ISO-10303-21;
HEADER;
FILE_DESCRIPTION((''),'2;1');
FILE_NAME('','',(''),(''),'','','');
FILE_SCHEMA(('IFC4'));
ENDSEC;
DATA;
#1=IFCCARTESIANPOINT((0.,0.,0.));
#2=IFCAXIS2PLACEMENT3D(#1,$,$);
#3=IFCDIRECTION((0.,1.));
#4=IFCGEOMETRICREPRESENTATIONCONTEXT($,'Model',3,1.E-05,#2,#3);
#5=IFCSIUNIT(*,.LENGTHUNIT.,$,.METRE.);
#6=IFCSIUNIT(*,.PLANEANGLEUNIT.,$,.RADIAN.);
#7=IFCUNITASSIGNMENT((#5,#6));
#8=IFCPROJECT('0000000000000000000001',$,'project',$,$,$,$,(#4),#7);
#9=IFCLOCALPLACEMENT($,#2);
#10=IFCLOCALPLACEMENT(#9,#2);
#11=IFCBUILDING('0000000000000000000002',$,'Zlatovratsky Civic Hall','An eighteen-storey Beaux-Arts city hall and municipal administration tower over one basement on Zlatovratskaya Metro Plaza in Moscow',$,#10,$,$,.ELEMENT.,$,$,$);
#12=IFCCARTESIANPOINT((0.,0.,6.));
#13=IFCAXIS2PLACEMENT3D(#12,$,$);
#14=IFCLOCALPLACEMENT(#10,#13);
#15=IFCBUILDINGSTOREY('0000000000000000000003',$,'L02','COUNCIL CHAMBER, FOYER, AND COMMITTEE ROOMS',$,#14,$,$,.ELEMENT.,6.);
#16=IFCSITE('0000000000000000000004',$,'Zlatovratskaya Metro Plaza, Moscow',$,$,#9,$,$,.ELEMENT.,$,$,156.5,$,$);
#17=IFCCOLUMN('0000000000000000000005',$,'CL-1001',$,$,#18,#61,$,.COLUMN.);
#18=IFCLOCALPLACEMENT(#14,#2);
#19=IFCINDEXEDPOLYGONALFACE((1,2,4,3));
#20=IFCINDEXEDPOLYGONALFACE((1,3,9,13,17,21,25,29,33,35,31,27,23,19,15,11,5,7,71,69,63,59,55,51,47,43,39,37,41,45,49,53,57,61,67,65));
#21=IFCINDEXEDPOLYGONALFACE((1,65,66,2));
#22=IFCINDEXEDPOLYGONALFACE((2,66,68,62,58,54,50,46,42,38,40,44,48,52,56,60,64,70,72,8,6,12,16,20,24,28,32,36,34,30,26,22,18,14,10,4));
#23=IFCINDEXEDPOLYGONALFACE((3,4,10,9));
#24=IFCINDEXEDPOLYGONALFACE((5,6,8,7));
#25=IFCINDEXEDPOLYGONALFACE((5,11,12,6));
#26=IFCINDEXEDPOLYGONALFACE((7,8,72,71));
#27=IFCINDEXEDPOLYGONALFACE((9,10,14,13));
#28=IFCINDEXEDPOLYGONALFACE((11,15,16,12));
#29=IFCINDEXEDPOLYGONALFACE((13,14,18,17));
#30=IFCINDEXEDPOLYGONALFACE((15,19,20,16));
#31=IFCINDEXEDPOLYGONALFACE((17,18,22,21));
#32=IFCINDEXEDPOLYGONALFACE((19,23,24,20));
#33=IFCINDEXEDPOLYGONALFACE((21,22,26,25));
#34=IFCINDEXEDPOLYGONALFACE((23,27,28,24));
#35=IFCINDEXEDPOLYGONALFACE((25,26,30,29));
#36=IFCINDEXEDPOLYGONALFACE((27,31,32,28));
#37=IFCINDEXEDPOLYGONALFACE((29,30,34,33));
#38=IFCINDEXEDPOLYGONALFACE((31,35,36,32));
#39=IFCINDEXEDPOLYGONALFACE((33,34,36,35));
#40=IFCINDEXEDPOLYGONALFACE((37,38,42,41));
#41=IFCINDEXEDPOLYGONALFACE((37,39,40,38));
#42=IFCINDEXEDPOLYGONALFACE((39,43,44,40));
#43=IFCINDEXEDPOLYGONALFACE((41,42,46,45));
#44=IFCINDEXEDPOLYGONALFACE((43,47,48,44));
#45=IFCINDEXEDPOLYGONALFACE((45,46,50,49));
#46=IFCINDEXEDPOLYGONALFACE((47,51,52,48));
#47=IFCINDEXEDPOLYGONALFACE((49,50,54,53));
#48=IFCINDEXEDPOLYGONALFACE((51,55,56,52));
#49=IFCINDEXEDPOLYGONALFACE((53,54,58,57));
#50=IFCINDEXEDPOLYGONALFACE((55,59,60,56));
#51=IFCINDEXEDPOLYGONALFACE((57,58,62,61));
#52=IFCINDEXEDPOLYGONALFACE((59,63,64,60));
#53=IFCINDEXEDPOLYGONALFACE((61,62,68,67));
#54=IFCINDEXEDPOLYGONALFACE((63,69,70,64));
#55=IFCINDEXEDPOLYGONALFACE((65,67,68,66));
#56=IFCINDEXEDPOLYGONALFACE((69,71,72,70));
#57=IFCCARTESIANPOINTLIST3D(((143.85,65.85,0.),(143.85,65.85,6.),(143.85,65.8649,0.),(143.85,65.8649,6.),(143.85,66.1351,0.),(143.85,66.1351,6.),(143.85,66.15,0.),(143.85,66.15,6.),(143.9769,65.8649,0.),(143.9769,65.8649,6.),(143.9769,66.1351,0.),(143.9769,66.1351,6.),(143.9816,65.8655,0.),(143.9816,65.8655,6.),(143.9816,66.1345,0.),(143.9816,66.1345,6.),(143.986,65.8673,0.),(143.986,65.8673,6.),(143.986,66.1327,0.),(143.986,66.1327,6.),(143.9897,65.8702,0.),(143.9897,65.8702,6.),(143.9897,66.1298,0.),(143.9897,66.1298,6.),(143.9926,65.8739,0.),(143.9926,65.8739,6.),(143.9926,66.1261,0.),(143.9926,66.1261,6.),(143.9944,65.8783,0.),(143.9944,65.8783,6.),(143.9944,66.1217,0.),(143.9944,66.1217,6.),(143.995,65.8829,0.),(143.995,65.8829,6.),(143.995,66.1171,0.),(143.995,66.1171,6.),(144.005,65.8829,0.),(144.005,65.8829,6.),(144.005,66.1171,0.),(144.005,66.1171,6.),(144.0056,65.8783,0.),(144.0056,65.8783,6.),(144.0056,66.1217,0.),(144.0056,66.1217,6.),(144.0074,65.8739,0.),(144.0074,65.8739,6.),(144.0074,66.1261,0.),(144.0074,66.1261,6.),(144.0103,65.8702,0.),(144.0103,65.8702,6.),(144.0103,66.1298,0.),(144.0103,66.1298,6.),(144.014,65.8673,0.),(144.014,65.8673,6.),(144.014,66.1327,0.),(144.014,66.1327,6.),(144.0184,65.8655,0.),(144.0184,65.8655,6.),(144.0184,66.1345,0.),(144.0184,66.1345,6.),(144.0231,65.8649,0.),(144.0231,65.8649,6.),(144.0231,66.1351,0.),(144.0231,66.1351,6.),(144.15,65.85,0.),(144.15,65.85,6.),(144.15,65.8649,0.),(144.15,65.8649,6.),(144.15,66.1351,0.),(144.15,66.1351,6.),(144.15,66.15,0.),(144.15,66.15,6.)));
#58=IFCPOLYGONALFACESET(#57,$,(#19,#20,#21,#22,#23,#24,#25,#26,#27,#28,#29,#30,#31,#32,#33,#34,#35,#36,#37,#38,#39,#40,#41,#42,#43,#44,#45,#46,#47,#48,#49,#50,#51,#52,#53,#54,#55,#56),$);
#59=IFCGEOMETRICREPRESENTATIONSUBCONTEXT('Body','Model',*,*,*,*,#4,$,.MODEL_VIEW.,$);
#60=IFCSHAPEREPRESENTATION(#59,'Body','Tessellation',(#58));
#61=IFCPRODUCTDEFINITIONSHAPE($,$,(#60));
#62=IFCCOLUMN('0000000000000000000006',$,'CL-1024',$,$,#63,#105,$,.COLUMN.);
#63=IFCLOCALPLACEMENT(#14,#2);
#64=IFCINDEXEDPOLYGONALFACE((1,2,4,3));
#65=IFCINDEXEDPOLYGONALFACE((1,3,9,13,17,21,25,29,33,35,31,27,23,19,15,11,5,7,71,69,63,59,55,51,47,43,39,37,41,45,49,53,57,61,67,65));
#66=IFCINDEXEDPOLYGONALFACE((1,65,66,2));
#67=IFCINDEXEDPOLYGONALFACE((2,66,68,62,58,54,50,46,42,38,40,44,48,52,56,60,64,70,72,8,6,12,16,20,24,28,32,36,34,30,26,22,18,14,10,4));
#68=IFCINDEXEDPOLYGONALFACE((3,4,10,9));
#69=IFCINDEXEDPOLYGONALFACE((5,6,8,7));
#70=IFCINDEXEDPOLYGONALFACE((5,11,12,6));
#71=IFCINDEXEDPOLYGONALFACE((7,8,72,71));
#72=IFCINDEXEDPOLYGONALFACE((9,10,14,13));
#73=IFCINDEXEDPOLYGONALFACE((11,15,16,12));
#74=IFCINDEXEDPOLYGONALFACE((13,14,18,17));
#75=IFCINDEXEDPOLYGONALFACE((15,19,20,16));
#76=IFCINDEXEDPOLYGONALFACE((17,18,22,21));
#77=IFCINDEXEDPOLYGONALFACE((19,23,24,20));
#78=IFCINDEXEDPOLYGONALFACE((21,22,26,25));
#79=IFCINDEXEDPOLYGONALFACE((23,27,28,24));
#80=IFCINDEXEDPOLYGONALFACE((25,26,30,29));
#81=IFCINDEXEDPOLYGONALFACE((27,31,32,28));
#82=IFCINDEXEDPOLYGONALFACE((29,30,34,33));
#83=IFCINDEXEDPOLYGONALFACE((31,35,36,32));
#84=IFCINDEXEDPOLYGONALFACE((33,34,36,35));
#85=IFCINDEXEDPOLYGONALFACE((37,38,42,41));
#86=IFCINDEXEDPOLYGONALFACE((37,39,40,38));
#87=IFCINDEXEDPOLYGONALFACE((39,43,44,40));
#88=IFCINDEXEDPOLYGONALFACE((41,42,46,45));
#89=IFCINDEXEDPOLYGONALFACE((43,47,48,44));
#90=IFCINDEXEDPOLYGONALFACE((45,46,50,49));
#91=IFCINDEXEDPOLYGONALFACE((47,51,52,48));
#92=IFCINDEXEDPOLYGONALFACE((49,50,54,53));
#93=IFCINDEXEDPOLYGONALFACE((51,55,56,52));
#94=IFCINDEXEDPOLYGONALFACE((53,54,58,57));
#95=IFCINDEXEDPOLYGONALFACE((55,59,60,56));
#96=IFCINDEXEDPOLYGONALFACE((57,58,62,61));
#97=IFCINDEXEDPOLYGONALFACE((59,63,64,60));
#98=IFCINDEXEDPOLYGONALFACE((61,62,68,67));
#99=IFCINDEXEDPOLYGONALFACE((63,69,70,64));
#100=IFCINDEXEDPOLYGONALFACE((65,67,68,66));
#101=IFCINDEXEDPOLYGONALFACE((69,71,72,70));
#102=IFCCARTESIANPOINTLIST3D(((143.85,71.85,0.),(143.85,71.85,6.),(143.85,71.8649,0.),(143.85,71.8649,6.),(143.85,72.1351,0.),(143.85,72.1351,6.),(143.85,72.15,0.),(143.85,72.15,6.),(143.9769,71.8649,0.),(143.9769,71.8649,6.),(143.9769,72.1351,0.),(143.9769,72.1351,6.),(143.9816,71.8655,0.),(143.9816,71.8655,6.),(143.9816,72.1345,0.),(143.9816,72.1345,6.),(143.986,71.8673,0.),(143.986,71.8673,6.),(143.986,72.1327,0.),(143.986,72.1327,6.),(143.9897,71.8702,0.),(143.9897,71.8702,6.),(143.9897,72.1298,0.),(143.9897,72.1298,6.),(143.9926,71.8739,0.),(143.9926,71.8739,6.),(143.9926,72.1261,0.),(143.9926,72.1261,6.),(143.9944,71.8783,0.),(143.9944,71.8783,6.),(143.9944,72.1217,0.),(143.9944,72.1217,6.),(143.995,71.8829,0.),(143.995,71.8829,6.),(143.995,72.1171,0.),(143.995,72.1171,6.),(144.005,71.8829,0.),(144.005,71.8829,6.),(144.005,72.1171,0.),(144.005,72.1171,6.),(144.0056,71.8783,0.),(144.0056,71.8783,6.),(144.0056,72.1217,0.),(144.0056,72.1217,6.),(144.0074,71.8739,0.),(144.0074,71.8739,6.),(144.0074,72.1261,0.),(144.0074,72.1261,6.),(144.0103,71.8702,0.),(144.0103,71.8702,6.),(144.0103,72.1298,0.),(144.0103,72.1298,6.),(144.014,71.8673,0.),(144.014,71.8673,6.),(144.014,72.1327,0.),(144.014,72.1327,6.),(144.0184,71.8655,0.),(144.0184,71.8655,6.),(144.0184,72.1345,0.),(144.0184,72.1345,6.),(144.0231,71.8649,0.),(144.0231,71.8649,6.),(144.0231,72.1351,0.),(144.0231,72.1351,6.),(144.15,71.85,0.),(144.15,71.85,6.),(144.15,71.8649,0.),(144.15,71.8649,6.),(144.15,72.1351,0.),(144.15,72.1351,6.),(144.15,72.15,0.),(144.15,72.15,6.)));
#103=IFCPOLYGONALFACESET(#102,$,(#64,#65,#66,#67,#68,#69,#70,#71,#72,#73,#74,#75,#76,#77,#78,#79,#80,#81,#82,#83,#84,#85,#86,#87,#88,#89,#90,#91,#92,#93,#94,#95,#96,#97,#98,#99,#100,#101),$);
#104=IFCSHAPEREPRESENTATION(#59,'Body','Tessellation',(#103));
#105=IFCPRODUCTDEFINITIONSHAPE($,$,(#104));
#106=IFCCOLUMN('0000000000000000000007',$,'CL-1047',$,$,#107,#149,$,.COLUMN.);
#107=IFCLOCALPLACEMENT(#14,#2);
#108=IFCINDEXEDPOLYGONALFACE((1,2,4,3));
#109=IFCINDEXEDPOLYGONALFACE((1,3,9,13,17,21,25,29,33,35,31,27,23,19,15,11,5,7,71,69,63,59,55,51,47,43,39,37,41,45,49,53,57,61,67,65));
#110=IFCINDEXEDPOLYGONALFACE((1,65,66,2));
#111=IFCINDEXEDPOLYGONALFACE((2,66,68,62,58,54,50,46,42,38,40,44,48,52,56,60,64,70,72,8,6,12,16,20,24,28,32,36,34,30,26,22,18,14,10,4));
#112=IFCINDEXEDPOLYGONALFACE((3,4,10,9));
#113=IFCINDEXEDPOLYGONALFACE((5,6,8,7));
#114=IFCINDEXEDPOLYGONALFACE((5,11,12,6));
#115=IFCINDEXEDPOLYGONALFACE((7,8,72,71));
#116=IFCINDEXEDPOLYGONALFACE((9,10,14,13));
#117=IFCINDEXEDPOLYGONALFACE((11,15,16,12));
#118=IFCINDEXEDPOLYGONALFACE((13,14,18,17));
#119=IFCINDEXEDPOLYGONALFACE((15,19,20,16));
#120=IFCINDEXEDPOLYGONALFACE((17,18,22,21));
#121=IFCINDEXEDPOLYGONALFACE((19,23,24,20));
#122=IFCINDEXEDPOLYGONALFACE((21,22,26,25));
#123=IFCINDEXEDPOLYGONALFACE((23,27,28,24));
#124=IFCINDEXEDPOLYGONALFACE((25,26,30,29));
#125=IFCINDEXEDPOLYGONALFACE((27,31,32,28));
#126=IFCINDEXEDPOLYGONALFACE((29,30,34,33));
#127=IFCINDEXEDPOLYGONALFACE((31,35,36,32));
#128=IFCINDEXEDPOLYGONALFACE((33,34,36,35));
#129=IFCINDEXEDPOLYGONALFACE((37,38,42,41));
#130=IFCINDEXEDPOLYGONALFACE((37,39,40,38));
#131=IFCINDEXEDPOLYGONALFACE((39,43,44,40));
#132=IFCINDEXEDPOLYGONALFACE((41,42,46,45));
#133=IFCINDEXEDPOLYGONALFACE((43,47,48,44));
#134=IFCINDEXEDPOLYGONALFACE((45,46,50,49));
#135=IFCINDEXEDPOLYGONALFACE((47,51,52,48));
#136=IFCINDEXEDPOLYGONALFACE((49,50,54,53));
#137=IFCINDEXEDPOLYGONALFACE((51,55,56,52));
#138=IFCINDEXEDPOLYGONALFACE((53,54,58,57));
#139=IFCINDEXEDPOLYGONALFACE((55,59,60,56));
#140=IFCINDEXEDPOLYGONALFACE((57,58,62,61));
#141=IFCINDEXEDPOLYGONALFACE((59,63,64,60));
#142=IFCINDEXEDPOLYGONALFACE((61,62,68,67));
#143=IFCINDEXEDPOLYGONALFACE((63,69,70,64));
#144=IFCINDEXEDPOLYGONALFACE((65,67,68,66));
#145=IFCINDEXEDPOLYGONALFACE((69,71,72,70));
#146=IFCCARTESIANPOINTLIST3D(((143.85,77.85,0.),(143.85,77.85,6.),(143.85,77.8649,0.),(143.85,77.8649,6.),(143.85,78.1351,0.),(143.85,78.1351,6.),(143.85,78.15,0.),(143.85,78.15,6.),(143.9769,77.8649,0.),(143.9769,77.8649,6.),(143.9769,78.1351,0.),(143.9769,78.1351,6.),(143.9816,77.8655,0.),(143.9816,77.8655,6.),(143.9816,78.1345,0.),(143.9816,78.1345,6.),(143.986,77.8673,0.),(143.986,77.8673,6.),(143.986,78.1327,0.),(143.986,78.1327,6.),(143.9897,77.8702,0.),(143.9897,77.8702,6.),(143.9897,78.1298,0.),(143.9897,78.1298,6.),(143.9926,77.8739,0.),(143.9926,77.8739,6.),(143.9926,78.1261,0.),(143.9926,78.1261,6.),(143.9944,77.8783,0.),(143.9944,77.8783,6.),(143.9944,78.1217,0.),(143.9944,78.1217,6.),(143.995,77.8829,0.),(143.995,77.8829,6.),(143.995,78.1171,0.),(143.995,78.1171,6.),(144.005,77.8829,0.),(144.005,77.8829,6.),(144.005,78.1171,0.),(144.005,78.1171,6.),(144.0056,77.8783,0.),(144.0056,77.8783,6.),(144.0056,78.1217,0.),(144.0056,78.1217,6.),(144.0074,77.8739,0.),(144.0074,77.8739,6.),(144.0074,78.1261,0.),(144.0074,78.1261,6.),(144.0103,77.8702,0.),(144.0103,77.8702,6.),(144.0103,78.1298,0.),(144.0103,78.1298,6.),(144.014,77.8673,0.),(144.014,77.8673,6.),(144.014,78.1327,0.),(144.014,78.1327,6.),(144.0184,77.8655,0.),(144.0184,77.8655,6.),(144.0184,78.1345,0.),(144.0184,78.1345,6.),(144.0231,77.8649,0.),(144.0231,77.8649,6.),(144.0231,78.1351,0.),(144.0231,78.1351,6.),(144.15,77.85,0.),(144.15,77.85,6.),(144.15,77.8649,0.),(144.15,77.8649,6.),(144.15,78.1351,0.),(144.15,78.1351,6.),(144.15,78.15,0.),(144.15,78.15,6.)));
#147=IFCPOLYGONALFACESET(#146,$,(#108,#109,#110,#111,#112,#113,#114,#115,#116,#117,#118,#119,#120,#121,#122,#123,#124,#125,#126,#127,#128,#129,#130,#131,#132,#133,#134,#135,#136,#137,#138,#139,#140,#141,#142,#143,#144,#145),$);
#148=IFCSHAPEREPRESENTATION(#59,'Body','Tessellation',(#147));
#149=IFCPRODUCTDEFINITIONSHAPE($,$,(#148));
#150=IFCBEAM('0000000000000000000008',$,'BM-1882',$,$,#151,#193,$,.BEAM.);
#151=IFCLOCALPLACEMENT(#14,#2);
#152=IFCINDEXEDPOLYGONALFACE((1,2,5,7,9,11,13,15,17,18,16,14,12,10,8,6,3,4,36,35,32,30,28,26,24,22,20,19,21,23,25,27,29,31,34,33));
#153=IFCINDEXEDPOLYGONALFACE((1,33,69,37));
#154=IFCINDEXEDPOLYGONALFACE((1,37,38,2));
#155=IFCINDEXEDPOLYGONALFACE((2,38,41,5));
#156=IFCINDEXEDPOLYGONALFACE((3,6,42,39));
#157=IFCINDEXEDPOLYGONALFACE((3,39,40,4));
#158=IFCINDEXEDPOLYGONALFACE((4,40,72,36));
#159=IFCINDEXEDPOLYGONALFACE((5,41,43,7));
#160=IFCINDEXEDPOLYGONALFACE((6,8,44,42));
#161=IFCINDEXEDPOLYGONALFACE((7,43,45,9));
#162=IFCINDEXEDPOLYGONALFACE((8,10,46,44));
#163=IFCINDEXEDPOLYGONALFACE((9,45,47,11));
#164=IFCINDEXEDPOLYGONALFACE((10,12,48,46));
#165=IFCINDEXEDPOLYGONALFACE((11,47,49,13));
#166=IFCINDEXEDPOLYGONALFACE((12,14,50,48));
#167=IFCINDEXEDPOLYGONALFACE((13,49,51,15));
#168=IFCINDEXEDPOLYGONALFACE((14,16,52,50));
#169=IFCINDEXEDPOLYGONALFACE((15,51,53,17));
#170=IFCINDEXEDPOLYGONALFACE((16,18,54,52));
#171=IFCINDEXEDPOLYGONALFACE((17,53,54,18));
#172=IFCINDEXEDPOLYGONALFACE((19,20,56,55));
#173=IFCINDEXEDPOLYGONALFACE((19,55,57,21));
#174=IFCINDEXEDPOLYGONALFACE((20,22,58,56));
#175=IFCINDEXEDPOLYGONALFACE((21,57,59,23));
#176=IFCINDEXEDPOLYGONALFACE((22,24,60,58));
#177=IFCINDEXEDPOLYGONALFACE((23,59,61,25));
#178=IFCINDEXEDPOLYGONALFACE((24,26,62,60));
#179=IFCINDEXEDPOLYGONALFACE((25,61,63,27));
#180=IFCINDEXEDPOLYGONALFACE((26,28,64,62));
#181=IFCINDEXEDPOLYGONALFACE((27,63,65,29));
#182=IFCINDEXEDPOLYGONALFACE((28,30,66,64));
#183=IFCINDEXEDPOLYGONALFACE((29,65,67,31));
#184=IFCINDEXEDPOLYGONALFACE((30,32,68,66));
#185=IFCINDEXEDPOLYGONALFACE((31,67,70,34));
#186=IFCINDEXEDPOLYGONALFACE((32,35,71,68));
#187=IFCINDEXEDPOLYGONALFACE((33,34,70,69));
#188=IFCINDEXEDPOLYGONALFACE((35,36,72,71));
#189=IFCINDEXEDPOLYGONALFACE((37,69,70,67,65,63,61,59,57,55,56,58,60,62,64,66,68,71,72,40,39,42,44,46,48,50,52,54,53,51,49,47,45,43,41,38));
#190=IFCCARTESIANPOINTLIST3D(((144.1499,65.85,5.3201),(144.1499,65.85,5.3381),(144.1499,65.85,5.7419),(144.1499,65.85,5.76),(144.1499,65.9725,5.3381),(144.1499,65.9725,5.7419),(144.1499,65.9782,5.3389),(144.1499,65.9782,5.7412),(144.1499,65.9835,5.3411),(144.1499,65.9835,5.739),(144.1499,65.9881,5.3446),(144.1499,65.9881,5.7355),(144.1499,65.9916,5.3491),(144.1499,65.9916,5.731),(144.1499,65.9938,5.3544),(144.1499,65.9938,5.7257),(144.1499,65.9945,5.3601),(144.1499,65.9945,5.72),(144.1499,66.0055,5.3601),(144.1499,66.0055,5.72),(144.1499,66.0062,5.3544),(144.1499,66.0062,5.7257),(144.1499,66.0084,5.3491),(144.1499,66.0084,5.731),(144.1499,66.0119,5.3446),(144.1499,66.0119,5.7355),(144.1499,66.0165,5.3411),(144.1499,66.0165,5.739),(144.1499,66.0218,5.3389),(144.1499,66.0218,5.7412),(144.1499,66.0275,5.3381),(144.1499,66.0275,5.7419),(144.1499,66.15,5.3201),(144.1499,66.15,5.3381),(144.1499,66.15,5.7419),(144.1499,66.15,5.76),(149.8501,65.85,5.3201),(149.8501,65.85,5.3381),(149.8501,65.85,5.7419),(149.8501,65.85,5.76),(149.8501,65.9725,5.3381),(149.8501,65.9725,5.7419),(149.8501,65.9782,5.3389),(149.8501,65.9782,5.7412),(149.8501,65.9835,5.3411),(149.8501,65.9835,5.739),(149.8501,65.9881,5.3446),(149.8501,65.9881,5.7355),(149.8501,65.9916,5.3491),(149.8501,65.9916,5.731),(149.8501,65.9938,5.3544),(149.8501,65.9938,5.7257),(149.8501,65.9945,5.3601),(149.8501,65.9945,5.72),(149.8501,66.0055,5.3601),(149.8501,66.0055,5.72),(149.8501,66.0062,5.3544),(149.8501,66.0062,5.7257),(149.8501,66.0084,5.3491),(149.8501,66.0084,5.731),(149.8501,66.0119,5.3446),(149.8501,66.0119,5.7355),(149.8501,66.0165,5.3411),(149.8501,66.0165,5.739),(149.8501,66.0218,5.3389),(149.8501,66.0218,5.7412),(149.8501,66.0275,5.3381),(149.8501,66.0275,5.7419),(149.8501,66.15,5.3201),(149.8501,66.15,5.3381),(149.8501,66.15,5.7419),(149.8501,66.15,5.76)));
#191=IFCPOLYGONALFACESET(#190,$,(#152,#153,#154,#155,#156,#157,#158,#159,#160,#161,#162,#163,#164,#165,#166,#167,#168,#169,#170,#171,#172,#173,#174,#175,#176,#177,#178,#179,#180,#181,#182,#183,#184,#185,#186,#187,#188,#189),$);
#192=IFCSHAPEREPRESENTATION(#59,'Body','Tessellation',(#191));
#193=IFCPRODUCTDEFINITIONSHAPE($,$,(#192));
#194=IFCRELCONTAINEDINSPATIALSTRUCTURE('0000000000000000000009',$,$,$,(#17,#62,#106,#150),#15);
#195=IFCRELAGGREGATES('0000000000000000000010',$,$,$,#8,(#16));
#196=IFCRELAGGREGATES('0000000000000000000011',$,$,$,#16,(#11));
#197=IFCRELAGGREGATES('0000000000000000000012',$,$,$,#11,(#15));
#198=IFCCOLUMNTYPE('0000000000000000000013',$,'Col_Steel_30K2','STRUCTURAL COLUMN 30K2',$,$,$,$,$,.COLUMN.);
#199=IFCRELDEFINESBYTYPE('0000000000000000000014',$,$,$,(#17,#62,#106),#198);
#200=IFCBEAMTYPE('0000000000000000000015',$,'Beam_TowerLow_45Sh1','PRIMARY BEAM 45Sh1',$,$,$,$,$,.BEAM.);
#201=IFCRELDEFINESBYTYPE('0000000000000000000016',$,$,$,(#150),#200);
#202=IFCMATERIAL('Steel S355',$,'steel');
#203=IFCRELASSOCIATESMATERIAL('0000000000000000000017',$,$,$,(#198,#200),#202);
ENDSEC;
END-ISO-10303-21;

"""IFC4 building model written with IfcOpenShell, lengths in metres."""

from ifc_helpers import new_model, si_unit, direction, frame, origin, origin_2d, place, context, subcontext, project, spatial, i_section, extrude, material, material_profile, profile_set, type_object, element, save


model = new_model("IFC4")

# Units and contexts
model_context = context("Model", 3, precision=1e-05, world=origin(), true_north=direction((0.0, 1.0)))
body_context = subcontext(model_context, "Body", "Model", "MODEL_VIEW")
ifc_project = project(units=[si_unit("LENGTHUNIT", "METRE"), si_unit("PLANEANGLEUNIT", "RADIAN")], contexts=[model_context])

# Site, building, storey
site_placement = place(None, origin())
site = spatial("IfcSite", under=ifc_project, at=site_placement, Name="Zlatovratskaya Metro Plaza, Moscow", CompositionType="ELEMENT", RefElevation=156.5)
building_placement = place(site_placement, origin())
building = spatial("IfcBuilding", under=site, at=building_placement, Name="Zlatovratsky Civic Hall", Description="An eighteen-storey Beaux-Arts city hall and municipal administration tower over one basement on Zlatovratskaya Metro Plaza in Moscow", CompositionType="ELEMENT")
storey_placement = place(building_placement, frame((0.0, 0.0, 6.0)))
storey = spatial("IfcBuildingStorey", under=building, at=storey_placement, Name="L02", Description="COUNCIL CHAMBER, FOYER, AND COMMITTEE ROOMS", CompositionType="ELEMENT", Elevation=6.0)

# Columns
ifc_material_1 = material(Name="Steel S355", Category="steel")
ifc_material_profile_1 = material_profile(ifc_material_1, i_section(OverallWidth=0.3, OverallDepth=0.3, WebThickness=0.01, FlangeThickness=0.0149, FilletRadius=0.0181, at=origin_2d()), Name="30K2")
ifc_profile_set_1 = profile_set([ifc_material_profile_1], Name="Steel S355")
column_type = type_object("IfcColumnType", Name="Col_Steel_30K2", Description="STRUCTURAL COLUMN 30K2", PredefinedType="COLUMN", material=ifc_profile_set_1)
for number, where, z_axis, x_axis, name in (
    (1, (144.0, 66.0, 0.0), (0.0, 0.0, 1.0), (1.0, 0.0, 0.0), "CL-1001"),
    (2, (144.0, 72.0, 0.0), (0.0, 0.0, 1.0), (1.0, 0.0, 0.0), "CL-1024"),
    (3, (144.0, 78.0, 0.0), (0.0, 0.0, 1.0), (1.0, 0.0, 0.0), "CL-1047"),
):
    element("IfcColumn", number, at=place(storey_placement, frame(where, z_axis=z_axis, x_axis=x_axis)), inside=storey, type_object=column_type, Name=name, PredefinedType="COLUMN", context=body_context, shape_type="SweptSolid", body=[
        extrude(i_section(OverallWidth=0.3, OverallDepth=0.3, WebThickness=0.01, FlangeThickness=0.0149, FilletRadius=0.0181, at=origin_2d()), origin(), (0.0, 0.0, 1.0), 6.0),
    ])

# Beam
ifc_material_profile_2 = material_profile(ifc_material_1, i_section(OverallWidth=0.3, OverallDepth=0.4399, WebThickness=0.011, FlangeThickness=0.0181, FilletRadius=0.022, at=origin_2d()), Name="45Sh1")
ifc_profile_set_2 = profile_set([ifc_material_profile_2], Name="Steel S355")
beam_type_1 = type_object("IfcBeamType", Name="Beam_TowerLow_45Sh1", Description="PRIMARY BEAM 45Sh1", PredefinedType="BEAM", material=ifc_profile_set_2)
for number, where, z_axis, x_axis, name in (
    (4, (144.1499, 66.0, 5.54), (1.0, 0.0, 0.0), (0.0, 1.0, 0.0), "BM-1882"),
):
    element("IfcBeam", number, at=place(storey_placement, frame(where, z_axis=z_axis, x_axis=x_axis)), inside=storey, type_object=beam_type_1, Name=name, PredefinedType="BEAM", context=body_context, shape_type="SweptSolid", body=[
        extrude(i_section(OverallWidth=0.3, OverallDepth=0.4399, WebThickness=0.011, FlangeThickness=0.0181, FilletRadius=0.022, at=origin_2d()), origin(), (0.0, 0.0, 1.0), 5.7002),
    ])

save(model, "model.ifc")
